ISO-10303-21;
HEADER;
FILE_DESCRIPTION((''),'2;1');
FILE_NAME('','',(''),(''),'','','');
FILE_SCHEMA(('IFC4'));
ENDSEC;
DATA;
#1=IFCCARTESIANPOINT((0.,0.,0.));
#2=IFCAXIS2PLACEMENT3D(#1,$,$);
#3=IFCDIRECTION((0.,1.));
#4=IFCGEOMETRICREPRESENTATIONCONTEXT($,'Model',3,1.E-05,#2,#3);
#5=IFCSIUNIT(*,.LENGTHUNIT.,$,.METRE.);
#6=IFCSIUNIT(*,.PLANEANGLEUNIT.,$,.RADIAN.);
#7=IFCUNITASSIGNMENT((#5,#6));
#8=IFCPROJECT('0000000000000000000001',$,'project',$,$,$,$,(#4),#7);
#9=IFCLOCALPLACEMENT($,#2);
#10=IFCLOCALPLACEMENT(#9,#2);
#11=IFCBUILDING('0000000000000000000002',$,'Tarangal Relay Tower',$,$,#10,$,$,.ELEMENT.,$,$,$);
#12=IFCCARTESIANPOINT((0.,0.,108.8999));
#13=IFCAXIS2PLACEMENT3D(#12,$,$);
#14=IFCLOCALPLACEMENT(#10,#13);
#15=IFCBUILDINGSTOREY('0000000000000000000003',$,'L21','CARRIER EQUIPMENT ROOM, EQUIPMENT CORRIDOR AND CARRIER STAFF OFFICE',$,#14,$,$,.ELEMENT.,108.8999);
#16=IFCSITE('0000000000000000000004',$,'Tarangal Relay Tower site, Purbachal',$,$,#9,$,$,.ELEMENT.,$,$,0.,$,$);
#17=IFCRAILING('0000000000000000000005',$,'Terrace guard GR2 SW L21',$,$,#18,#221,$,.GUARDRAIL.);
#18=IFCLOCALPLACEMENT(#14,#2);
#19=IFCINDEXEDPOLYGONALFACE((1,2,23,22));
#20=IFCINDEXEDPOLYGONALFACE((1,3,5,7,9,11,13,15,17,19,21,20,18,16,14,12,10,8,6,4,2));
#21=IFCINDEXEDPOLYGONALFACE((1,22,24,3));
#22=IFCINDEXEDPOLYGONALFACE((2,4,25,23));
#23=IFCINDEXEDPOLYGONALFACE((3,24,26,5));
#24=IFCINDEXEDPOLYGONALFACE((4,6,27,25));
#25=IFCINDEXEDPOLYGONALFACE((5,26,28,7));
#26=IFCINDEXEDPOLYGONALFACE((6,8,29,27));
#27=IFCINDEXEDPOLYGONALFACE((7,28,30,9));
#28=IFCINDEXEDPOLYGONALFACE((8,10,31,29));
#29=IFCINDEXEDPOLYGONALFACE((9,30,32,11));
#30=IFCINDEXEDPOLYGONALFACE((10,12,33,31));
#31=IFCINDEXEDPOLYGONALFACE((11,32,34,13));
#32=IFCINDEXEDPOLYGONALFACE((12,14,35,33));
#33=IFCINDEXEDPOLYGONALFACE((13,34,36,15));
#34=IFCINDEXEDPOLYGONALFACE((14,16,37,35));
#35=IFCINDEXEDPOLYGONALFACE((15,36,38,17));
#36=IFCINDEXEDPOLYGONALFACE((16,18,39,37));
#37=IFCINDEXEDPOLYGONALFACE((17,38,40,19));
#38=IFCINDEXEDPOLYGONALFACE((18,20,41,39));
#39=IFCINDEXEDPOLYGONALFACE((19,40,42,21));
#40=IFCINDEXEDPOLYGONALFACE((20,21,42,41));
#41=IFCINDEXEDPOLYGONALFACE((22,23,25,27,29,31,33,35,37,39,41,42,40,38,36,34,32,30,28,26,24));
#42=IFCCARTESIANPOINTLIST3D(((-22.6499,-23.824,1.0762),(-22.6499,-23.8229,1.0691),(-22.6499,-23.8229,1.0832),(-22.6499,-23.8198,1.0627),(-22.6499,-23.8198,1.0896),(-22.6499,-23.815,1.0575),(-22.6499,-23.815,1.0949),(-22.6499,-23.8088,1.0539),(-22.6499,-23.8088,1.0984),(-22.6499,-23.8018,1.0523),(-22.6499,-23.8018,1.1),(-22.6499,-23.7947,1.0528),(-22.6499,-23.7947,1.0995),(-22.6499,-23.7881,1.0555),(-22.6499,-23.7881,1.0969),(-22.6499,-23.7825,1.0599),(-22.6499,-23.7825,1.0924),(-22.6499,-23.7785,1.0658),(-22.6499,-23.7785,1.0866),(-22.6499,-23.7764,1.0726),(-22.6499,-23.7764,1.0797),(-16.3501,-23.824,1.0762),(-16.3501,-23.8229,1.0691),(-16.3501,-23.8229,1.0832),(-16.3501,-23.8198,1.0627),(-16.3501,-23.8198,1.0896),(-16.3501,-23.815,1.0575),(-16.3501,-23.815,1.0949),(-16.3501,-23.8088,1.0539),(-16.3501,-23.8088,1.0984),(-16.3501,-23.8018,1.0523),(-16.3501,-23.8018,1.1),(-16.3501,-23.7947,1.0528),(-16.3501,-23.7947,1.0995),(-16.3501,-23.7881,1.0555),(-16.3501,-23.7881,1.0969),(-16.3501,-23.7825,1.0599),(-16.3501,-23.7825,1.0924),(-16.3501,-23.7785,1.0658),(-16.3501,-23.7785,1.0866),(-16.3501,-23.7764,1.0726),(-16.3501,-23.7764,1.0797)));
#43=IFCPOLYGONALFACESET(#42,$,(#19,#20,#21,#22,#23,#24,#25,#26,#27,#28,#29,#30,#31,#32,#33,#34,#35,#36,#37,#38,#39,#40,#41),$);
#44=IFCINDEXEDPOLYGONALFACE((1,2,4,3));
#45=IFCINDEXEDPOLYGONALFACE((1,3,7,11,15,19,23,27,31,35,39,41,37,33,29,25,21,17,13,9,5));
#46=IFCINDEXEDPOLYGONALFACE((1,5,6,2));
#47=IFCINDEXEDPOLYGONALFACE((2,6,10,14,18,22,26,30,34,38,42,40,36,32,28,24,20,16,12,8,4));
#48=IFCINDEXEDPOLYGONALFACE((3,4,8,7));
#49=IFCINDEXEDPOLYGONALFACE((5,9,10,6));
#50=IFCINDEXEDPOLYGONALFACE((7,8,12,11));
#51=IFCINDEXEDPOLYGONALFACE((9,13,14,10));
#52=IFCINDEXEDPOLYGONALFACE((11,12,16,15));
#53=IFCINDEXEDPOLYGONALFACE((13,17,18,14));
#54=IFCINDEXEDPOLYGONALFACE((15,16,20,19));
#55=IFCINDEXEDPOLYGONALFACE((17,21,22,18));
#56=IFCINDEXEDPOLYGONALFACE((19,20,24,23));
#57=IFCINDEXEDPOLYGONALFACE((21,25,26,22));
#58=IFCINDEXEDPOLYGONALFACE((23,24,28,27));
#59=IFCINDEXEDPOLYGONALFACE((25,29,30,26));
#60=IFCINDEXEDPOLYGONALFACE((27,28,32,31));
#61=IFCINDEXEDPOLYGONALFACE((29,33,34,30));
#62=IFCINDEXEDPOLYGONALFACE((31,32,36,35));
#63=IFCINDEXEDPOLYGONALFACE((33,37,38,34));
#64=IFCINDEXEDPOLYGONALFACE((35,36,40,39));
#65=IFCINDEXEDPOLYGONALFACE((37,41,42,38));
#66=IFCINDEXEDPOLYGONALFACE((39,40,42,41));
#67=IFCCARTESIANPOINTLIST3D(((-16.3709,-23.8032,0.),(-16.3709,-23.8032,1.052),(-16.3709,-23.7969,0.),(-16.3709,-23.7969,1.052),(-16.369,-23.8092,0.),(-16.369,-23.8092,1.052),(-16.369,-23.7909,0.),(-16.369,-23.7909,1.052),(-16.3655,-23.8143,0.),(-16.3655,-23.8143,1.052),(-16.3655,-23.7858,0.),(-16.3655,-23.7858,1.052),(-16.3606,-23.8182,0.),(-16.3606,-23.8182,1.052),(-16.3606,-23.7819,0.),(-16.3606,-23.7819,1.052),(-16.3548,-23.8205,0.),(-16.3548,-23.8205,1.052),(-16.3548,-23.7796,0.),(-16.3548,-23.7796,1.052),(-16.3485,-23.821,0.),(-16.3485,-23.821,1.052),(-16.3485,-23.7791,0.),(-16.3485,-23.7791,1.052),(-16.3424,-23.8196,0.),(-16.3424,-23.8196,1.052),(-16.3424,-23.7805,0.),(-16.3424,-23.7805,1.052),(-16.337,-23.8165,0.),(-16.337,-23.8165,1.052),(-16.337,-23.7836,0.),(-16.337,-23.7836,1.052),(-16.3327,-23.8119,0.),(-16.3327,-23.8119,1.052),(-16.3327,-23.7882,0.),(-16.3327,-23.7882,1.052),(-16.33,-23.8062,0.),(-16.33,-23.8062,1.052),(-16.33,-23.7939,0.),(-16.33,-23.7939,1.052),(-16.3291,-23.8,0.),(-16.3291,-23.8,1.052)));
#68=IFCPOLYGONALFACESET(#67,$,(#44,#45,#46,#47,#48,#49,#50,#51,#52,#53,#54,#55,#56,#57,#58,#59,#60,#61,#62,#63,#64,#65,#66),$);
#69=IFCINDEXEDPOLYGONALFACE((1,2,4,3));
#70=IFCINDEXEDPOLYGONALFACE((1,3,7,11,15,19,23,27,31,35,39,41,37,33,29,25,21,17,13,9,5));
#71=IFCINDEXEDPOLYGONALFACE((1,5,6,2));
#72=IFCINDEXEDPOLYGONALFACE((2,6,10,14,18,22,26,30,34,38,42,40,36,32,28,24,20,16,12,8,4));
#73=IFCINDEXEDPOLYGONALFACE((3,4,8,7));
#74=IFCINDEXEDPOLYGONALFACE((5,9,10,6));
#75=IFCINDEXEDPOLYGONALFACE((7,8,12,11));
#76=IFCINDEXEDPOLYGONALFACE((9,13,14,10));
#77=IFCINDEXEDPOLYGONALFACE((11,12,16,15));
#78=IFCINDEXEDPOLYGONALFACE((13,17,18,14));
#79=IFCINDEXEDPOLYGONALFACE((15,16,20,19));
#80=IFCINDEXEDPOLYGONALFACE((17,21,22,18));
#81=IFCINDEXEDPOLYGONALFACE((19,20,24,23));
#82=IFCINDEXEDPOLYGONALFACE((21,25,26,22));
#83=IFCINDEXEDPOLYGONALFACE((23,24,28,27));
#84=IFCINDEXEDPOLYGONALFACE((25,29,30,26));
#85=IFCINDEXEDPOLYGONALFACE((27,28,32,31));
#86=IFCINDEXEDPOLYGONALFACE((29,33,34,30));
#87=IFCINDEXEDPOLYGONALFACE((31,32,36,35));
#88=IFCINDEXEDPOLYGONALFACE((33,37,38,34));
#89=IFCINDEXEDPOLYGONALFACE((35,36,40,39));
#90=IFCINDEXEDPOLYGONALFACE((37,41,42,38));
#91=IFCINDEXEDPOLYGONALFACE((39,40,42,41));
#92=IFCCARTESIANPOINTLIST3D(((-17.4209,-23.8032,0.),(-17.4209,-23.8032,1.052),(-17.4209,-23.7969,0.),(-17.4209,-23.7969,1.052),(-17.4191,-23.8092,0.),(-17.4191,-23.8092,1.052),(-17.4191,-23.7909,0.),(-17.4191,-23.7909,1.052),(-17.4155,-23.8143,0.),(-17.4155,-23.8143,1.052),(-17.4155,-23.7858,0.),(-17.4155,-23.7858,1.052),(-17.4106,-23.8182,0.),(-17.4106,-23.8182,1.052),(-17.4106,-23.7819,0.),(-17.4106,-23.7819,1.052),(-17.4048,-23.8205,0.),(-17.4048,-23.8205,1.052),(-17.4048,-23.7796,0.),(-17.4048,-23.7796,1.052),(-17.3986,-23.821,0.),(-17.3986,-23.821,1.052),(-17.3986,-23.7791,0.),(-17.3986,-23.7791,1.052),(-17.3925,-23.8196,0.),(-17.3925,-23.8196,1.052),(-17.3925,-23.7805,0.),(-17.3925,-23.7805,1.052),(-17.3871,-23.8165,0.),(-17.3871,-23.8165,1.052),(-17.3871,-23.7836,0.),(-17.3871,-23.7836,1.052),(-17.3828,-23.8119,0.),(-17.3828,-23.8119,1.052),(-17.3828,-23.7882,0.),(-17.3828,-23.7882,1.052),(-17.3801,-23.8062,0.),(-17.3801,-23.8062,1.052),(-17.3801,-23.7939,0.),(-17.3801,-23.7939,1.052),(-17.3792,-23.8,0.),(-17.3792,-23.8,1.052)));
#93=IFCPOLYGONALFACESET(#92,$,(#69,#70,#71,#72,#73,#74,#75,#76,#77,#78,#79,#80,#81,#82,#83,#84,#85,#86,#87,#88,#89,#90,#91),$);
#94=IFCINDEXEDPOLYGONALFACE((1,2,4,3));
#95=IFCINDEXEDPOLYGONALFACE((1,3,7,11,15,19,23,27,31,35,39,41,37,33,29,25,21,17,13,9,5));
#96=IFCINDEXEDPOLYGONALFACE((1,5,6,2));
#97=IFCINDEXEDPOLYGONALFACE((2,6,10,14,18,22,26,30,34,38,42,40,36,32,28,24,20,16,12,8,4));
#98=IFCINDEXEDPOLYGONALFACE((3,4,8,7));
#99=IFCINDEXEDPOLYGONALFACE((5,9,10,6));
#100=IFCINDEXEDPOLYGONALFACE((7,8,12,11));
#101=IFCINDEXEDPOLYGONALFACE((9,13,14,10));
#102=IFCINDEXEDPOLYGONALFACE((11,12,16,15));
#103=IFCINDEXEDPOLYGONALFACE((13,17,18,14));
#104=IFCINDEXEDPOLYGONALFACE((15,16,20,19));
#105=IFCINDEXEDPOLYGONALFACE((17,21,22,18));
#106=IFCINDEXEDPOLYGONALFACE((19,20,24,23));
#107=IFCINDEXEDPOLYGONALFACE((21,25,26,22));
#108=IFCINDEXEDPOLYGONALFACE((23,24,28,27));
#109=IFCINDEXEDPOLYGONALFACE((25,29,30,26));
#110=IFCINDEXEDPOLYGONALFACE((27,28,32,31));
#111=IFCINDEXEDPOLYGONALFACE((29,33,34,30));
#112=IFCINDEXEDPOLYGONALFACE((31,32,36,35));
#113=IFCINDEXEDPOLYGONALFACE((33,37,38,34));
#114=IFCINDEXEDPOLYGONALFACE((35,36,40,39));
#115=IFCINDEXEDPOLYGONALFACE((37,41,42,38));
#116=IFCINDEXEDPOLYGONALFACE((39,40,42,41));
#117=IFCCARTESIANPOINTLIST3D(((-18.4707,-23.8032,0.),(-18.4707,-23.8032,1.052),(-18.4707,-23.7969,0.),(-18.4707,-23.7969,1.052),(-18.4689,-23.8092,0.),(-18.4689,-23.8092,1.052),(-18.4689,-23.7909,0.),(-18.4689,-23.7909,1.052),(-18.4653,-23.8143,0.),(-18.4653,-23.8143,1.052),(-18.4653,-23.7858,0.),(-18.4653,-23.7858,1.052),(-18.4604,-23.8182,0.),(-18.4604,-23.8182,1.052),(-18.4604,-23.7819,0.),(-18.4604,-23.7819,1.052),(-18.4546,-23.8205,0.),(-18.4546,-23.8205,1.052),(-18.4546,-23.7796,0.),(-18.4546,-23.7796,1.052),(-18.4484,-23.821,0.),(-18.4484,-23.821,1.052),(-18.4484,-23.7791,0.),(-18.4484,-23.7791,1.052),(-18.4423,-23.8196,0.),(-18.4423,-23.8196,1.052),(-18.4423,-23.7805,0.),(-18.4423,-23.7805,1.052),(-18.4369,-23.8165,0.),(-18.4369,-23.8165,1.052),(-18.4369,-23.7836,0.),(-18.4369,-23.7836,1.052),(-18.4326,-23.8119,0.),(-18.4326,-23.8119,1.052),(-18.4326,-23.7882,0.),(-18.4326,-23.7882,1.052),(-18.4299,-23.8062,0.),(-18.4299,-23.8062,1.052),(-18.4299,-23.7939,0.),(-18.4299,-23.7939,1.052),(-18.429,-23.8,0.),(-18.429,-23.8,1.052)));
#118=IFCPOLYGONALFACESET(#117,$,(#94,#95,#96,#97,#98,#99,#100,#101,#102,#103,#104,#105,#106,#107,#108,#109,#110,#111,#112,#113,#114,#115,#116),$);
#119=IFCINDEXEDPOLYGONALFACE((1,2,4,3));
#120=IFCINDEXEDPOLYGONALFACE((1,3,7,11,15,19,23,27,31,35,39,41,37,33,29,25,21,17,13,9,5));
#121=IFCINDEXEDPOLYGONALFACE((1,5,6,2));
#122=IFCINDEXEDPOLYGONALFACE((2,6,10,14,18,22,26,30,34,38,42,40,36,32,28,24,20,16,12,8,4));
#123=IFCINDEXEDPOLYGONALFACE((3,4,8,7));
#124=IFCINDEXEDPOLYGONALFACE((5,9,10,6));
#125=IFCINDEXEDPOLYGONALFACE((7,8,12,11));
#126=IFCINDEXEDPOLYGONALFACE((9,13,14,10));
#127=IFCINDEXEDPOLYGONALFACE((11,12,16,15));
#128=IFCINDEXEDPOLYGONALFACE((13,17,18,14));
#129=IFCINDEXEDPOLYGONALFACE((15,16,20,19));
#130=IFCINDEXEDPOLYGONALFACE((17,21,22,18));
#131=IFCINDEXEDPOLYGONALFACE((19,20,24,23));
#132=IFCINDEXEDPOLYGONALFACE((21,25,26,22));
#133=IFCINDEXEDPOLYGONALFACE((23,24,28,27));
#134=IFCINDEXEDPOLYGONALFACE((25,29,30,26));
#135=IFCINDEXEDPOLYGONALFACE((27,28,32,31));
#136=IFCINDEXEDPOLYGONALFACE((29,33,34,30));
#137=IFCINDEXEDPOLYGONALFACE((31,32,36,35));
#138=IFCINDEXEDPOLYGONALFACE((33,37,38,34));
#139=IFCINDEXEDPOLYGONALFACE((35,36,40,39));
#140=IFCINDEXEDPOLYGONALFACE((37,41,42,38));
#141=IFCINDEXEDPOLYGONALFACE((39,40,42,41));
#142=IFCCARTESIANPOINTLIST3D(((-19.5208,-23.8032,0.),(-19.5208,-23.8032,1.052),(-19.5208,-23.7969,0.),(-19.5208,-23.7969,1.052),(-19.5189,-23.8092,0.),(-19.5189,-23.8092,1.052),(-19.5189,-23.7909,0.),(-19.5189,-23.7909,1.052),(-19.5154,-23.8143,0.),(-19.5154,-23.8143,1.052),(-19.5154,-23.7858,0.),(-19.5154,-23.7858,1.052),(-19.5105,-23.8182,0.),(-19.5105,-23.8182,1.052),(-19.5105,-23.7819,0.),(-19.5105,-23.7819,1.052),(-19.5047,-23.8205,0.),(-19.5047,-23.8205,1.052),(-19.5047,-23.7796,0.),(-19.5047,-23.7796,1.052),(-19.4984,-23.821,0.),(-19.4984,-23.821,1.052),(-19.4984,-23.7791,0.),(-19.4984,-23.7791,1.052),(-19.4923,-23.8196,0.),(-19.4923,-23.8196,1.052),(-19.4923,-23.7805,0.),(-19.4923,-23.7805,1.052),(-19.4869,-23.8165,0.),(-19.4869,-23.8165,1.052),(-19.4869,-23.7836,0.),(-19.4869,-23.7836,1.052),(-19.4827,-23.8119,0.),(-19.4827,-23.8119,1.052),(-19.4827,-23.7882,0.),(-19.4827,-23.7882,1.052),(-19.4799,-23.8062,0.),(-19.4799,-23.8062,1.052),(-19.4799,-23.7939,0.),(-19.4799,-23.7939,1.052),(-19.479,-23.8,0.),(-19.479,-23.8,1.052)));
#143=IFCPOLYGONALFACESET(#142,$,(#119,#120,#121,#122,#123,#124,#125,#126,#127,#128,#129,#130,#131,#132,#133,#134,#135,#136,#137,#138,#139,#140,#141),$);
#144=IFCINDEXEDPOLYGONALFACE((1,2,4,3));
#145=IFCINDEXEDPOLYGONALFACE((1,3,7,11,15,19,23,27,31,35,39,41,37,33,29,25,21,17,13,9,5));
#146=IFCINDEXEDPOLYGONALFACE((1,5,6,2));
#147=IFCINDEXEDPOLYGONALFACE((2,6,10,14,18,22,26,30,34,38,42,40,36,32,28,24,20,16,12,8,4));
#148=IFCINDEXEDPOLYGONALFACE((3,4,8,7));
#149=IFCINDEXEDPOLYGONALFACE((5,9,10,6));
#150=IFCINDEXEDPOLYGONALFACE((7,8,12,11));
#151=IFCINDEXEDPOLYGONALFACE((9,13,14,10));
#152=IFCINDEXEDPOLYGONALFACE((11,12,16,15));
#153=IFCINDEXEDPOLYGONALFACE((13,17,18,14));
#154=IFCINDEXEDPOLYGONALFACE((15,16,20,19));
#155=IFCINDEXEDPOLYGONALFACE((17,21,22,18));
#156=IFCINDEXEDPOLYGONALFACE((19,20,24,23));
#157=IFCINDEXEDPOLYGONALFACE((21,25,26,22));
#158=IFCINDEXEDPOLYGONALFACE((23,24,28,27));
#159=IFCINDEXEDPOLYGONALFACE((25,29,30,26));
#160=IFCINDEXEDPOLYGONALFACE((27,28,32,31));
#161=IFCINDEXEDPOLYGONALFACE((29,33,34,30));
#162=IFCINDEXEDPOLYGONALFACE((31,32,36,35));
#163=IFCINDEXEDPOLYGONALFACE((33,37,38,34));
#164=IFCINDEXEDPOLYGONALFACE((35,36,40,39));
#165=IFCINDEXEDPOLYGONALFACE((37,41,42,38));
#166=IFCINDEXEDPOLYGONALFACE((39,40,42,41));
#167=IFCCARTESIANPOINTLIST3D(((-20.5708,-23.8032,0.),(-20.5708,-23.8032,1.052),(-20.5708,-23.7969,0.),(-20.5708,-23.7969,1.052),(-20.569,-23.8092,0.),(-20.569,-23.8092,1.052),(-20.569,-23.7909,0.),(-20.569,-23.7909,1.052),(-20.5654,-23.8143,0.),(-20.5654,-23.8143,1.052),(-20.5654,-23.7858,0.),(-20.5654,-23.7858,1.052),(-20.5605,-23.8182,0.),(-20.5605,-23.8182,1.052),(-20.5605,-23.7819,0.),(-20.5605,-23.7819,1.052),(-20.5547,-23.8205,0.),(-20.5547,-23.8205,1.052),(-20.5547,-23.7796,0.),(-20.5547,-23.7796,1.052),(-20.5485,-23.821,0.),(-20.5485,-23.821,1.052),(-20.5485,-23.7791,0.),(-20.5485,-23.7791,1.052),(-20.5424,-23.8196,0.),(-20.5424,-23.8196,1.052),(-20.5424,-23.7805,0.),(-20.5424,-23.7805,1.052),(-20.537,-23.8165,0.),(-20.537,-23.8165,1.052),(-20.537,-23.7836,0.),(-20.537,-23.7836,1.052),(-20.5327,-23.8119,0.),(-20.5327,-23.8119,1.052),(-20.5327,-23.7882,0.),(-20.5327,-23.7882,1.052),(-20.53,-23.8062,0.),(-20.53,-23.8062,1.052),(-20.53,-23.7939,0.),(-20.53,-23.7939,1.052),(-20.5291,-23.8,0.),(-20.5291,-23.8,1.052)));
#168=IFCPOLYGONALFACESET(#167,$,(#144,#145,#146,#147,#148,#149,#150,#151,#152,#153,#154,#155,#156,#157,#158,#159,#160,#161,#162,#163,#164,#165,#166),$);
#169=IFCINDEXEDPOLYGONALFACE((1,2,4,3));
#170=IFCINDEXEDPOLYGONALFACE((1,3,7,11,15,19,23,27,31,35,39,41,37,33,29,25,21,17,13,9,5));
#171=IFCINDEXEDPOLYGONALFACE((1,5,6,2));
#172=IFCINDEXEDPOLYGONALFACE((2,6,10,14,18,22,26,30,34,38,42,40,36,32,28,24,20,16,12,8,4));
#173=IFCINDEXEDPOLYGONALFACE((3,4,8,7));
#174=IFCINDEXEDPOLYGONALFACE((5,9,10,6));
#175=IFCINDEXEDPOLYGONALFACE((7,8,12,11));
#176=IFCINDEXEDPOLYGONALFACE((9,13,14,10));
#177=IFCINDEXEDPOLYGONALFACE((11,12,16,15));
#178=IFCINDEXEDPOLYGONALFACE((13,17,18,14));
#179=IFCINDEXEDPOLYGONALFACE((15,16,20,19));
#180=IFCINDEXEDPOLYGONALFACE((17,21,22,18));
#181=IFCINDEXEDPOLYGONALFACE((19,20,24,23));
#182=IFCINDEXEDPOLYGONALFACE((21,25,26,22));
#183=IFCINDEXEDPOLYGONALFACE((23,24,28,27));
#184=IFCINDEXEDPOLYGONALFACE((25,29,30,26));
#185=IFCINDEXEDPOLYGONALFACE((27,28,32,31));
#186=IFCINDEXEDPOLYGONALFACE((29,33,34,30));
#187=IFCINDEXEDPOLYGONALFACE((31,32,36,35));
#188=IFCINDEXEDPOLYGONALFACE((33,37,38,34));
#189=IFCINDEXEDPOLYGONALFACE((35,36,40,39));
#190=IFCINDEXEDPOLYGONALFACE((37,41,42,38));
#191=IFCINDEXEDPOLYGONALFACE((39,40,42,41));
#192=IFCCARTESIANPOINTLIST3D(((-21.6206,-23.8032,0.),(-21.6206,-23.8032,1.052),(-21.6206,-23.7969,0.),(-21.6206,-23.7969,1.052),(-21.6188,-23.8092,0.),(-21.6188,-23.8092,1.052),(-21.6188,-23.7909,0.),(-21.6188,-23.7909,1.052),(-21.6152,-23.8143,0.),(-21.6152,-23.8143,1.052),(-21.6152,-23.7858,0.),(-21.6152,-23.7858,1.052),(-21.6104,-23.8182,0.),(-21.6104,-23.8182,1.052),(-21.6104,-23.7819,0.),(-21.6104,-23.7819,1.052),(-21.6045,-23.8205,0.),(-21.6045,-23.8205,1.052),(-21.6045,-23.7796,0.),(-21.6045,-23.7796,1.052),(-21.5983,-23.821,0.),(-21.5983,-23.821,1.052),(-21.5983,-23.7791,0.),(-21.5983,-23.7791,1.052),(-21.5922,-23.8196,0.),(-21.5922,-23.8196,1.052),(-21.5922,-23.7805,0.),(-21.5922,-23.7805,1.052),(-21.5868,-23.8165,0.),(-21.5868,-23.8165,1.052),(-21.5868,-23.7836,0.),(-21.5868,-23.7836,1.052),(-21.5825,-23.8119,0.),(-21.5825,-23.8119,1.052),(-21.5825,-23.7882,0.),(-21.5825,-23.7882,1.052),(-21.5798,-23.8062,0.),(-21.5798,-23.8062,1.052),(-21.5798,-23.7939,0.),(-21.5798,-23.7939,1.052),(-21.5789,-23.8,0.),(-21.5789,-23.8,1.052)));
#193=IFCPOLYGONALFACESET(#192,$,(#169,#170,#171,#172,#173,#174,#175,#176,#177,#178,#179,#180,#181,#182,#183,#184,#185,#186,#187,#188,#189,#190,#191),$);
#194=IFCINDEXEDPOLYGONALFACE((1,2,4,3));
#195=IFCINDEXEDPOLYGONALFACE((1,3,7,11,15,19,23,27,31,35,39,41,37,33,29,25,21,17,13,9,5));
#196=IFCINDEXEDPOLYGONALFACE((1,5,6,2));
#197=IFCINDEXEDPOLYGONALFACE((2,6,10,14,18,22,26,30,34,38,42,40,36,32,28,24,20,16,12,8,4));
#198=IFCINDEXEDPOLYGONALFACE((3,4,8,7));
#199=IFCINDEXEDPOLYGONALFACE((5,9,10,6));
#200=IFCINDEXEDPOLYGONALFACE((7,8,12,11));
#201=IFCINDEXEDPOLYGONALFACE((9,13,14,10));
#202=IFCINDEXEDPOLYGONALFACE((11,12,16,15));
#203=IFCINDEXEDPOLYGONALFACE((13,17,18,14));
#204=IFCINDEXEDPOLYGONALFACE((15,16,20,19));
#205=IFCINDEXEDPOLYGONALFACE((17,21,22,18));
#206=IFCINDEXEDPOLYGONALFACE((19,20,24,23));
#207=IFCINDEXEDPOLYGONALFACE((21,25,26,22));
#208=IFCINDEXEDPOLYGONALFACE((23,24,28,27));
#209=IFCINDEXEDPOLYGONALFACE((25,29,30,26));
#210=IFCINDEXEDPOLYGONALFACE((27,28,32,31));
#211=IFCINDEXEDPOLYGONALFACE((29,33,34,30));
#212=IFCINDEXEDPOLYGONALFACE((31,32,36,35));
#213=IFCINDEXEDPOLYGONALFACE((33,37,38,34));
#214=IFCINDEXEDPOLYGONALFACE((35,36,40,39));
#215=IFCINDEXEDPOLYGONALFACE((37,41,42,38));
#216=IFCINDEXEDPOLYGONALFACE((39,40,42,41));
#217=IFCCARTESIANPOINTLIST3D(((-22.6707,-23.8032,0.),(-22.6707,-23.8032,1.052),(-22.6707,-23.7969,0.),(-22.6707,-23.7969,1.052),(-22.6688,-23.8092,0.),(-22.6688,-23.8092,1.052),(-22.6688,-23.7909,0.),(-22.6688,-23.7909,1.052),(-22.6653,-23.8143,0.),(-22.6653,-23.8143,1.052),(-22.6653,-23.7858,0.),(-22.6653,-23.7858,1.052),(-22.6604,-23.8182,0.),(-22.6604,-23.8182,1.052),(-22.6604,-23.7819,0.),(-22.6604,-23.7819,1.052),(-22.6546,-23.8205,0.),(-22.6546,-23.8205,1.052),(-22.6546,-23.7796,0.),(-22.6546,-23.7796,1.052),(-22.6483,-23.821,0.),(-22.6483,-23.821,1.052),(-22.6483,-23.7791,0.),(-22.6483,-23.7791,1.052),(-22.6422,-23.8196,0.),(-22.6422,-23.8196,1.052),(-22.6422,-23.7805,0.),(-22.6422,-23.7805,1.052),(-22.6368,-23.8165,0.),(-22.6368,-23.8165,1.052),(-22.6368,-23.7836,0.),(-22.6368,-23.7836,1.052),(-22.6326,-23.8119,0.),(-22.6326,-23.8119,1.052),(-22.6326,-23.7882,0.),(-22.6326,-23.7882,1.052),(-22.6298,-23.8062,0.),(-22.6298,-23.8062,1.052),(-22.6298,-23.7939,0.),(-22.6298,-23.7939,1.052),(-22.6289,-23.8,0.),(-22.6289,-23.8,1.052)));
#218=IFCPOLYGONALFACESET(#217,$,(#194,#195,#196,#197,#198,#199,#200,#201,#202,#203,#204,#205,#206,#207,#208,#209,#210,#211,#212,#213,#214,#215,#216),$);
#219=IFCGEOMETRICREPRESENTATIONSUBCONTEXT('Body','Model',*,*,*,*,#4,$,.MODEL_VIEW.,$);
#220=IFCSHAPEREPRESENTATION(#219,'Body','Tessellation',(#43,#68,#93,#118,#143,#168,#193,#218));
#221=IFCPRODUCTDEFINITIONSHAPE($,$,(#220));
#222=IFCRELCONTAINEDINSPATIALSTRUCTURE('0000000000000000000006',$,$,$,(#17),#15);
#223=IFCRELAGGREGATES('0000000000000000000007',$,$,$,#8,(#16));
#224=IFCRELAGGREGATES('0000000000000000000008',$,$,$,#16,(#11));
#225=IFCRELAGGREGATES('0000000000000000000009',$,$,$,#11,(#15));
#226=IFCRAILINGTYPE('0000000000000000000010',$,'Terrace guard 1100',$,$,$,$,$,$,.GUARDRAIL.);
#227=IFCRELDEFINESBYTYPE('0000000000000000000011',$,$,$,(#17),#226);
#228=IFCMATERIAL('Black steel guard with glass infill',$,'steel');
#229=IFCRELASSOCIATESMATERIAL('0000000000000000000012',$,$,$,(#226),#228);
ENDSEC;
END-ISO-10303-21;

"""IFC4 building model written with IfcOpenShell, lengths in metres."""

from ifc_helpers import new_model, si_unit, direction, frame, origin, origin_2d, place, context, subcontext, project, spatial, circle, extrude, material, type_object, element, save


model = new_model("IFC4")

# Units and contexts
model_context = context("Model", 3, precision=1e-05, world=origin(), true_north=direction((0.0, 1.0)))
body_context = subcontext(model_context, "Body", "Model", "MODEL_VIEW")
ifc_project = project(units=[si_unit("LENGTHUNIT", "METRE"), si_unit("PLANEANGLEUNIT", "RADIAN")], contexts=[model_context])

# Site, building, storey
site_placement = place(None, origin())
site = spatial("IfcSite", under=ifc_project, at=site_placement, Name="Tarangal Relay Tower site, Purbachal", CompositionType="ELEMENT", RefElevation=0.0)
building_placement = place(site_placement, origin())
building = spatial("IfcBuilding", under=site, at=building_placement, Name="Tarangal Relay Tower", CompositionType="ELEMENT")
storey_placement = place(building_placement, frame((0.0, 0.0, 108.8999)))
storey = spatial("IfcBuildingStorey", under=building, at=storey_placement, Name="L21", Description="CARRIER EQUIPMENT ROOM, EQUIPMENT CORRIDOR AND CARRIER STAFF OFFICE", CompositionType="ELEMENT", Elevation=108.8999)

# Railing
ifc_material_1 = material(Name="Black steel guard with glass infill", Category="steel")
railing_type = type_object("IfcRailingType", Name="Terrace guard 1100", PredefinedType="GUARDRAIL", material=ifc_material_1)
railing_placement = place(storey_placement, frame((-16.3501, -23.8, 0.0)))
element("IfcRailing", 1, at=railing_placement, inside=storey, type_object=railing_type, Name="Terrace guard GR2 SW L21", PredefinedType="GUARDRAIL", context=body_context, shape_type="SweptSolid", body=[
    extrude(circle(Radius=0.0239, at=origin_2d()), frame((0.0, 0.0, 1.0762), z_axis=(-1.0, 0.0, 0.0), x_axis=(0.0, -1.0, 0.0)), (0.0, 0.0, 1.0), 6.2998),
    extrude(circle(Radius=0.021, at=origin_2d()), origin(), (0.0, 0.0, 1.0), 1.052),
    extrude(circle(Radius=0.021, at=origin_2d()), frame((-1.05, 0.0, 0.0)), (0.0, 0.0, 1.0), 1.052),
    extrude(circle(Radius=0.021, at=origin_2d()), frame((-2.0999, 0.0, 0.0)), (0.0, 0.0, 1.0), 1.052),
    extrude(circle(Radius=0.021, at=origin_2d()), frame((-3.1499, 0.0, 0.0)), (0.0, 0.0, 1.0), 1.052),
    extrude(circle(Radius=0.021, at=origin_2d()), frame((-4.2, 0.0, 0.0)), (0.0, 0.0, 1.0), 1.052),
    extrude(circle(Radius=0.021, at=origin_2d()), frame((-5.2498, 0.0, 0.0)), (0.0, 0.0, 1.0), 1.052),
    extrude(circle(Radius=0.021, at=origin_2d()), frame((-6.2998, 0.0, 0.0)), (0.0, 0.0, 1.0), 1.052),
])

save(model, "model.ifc")
